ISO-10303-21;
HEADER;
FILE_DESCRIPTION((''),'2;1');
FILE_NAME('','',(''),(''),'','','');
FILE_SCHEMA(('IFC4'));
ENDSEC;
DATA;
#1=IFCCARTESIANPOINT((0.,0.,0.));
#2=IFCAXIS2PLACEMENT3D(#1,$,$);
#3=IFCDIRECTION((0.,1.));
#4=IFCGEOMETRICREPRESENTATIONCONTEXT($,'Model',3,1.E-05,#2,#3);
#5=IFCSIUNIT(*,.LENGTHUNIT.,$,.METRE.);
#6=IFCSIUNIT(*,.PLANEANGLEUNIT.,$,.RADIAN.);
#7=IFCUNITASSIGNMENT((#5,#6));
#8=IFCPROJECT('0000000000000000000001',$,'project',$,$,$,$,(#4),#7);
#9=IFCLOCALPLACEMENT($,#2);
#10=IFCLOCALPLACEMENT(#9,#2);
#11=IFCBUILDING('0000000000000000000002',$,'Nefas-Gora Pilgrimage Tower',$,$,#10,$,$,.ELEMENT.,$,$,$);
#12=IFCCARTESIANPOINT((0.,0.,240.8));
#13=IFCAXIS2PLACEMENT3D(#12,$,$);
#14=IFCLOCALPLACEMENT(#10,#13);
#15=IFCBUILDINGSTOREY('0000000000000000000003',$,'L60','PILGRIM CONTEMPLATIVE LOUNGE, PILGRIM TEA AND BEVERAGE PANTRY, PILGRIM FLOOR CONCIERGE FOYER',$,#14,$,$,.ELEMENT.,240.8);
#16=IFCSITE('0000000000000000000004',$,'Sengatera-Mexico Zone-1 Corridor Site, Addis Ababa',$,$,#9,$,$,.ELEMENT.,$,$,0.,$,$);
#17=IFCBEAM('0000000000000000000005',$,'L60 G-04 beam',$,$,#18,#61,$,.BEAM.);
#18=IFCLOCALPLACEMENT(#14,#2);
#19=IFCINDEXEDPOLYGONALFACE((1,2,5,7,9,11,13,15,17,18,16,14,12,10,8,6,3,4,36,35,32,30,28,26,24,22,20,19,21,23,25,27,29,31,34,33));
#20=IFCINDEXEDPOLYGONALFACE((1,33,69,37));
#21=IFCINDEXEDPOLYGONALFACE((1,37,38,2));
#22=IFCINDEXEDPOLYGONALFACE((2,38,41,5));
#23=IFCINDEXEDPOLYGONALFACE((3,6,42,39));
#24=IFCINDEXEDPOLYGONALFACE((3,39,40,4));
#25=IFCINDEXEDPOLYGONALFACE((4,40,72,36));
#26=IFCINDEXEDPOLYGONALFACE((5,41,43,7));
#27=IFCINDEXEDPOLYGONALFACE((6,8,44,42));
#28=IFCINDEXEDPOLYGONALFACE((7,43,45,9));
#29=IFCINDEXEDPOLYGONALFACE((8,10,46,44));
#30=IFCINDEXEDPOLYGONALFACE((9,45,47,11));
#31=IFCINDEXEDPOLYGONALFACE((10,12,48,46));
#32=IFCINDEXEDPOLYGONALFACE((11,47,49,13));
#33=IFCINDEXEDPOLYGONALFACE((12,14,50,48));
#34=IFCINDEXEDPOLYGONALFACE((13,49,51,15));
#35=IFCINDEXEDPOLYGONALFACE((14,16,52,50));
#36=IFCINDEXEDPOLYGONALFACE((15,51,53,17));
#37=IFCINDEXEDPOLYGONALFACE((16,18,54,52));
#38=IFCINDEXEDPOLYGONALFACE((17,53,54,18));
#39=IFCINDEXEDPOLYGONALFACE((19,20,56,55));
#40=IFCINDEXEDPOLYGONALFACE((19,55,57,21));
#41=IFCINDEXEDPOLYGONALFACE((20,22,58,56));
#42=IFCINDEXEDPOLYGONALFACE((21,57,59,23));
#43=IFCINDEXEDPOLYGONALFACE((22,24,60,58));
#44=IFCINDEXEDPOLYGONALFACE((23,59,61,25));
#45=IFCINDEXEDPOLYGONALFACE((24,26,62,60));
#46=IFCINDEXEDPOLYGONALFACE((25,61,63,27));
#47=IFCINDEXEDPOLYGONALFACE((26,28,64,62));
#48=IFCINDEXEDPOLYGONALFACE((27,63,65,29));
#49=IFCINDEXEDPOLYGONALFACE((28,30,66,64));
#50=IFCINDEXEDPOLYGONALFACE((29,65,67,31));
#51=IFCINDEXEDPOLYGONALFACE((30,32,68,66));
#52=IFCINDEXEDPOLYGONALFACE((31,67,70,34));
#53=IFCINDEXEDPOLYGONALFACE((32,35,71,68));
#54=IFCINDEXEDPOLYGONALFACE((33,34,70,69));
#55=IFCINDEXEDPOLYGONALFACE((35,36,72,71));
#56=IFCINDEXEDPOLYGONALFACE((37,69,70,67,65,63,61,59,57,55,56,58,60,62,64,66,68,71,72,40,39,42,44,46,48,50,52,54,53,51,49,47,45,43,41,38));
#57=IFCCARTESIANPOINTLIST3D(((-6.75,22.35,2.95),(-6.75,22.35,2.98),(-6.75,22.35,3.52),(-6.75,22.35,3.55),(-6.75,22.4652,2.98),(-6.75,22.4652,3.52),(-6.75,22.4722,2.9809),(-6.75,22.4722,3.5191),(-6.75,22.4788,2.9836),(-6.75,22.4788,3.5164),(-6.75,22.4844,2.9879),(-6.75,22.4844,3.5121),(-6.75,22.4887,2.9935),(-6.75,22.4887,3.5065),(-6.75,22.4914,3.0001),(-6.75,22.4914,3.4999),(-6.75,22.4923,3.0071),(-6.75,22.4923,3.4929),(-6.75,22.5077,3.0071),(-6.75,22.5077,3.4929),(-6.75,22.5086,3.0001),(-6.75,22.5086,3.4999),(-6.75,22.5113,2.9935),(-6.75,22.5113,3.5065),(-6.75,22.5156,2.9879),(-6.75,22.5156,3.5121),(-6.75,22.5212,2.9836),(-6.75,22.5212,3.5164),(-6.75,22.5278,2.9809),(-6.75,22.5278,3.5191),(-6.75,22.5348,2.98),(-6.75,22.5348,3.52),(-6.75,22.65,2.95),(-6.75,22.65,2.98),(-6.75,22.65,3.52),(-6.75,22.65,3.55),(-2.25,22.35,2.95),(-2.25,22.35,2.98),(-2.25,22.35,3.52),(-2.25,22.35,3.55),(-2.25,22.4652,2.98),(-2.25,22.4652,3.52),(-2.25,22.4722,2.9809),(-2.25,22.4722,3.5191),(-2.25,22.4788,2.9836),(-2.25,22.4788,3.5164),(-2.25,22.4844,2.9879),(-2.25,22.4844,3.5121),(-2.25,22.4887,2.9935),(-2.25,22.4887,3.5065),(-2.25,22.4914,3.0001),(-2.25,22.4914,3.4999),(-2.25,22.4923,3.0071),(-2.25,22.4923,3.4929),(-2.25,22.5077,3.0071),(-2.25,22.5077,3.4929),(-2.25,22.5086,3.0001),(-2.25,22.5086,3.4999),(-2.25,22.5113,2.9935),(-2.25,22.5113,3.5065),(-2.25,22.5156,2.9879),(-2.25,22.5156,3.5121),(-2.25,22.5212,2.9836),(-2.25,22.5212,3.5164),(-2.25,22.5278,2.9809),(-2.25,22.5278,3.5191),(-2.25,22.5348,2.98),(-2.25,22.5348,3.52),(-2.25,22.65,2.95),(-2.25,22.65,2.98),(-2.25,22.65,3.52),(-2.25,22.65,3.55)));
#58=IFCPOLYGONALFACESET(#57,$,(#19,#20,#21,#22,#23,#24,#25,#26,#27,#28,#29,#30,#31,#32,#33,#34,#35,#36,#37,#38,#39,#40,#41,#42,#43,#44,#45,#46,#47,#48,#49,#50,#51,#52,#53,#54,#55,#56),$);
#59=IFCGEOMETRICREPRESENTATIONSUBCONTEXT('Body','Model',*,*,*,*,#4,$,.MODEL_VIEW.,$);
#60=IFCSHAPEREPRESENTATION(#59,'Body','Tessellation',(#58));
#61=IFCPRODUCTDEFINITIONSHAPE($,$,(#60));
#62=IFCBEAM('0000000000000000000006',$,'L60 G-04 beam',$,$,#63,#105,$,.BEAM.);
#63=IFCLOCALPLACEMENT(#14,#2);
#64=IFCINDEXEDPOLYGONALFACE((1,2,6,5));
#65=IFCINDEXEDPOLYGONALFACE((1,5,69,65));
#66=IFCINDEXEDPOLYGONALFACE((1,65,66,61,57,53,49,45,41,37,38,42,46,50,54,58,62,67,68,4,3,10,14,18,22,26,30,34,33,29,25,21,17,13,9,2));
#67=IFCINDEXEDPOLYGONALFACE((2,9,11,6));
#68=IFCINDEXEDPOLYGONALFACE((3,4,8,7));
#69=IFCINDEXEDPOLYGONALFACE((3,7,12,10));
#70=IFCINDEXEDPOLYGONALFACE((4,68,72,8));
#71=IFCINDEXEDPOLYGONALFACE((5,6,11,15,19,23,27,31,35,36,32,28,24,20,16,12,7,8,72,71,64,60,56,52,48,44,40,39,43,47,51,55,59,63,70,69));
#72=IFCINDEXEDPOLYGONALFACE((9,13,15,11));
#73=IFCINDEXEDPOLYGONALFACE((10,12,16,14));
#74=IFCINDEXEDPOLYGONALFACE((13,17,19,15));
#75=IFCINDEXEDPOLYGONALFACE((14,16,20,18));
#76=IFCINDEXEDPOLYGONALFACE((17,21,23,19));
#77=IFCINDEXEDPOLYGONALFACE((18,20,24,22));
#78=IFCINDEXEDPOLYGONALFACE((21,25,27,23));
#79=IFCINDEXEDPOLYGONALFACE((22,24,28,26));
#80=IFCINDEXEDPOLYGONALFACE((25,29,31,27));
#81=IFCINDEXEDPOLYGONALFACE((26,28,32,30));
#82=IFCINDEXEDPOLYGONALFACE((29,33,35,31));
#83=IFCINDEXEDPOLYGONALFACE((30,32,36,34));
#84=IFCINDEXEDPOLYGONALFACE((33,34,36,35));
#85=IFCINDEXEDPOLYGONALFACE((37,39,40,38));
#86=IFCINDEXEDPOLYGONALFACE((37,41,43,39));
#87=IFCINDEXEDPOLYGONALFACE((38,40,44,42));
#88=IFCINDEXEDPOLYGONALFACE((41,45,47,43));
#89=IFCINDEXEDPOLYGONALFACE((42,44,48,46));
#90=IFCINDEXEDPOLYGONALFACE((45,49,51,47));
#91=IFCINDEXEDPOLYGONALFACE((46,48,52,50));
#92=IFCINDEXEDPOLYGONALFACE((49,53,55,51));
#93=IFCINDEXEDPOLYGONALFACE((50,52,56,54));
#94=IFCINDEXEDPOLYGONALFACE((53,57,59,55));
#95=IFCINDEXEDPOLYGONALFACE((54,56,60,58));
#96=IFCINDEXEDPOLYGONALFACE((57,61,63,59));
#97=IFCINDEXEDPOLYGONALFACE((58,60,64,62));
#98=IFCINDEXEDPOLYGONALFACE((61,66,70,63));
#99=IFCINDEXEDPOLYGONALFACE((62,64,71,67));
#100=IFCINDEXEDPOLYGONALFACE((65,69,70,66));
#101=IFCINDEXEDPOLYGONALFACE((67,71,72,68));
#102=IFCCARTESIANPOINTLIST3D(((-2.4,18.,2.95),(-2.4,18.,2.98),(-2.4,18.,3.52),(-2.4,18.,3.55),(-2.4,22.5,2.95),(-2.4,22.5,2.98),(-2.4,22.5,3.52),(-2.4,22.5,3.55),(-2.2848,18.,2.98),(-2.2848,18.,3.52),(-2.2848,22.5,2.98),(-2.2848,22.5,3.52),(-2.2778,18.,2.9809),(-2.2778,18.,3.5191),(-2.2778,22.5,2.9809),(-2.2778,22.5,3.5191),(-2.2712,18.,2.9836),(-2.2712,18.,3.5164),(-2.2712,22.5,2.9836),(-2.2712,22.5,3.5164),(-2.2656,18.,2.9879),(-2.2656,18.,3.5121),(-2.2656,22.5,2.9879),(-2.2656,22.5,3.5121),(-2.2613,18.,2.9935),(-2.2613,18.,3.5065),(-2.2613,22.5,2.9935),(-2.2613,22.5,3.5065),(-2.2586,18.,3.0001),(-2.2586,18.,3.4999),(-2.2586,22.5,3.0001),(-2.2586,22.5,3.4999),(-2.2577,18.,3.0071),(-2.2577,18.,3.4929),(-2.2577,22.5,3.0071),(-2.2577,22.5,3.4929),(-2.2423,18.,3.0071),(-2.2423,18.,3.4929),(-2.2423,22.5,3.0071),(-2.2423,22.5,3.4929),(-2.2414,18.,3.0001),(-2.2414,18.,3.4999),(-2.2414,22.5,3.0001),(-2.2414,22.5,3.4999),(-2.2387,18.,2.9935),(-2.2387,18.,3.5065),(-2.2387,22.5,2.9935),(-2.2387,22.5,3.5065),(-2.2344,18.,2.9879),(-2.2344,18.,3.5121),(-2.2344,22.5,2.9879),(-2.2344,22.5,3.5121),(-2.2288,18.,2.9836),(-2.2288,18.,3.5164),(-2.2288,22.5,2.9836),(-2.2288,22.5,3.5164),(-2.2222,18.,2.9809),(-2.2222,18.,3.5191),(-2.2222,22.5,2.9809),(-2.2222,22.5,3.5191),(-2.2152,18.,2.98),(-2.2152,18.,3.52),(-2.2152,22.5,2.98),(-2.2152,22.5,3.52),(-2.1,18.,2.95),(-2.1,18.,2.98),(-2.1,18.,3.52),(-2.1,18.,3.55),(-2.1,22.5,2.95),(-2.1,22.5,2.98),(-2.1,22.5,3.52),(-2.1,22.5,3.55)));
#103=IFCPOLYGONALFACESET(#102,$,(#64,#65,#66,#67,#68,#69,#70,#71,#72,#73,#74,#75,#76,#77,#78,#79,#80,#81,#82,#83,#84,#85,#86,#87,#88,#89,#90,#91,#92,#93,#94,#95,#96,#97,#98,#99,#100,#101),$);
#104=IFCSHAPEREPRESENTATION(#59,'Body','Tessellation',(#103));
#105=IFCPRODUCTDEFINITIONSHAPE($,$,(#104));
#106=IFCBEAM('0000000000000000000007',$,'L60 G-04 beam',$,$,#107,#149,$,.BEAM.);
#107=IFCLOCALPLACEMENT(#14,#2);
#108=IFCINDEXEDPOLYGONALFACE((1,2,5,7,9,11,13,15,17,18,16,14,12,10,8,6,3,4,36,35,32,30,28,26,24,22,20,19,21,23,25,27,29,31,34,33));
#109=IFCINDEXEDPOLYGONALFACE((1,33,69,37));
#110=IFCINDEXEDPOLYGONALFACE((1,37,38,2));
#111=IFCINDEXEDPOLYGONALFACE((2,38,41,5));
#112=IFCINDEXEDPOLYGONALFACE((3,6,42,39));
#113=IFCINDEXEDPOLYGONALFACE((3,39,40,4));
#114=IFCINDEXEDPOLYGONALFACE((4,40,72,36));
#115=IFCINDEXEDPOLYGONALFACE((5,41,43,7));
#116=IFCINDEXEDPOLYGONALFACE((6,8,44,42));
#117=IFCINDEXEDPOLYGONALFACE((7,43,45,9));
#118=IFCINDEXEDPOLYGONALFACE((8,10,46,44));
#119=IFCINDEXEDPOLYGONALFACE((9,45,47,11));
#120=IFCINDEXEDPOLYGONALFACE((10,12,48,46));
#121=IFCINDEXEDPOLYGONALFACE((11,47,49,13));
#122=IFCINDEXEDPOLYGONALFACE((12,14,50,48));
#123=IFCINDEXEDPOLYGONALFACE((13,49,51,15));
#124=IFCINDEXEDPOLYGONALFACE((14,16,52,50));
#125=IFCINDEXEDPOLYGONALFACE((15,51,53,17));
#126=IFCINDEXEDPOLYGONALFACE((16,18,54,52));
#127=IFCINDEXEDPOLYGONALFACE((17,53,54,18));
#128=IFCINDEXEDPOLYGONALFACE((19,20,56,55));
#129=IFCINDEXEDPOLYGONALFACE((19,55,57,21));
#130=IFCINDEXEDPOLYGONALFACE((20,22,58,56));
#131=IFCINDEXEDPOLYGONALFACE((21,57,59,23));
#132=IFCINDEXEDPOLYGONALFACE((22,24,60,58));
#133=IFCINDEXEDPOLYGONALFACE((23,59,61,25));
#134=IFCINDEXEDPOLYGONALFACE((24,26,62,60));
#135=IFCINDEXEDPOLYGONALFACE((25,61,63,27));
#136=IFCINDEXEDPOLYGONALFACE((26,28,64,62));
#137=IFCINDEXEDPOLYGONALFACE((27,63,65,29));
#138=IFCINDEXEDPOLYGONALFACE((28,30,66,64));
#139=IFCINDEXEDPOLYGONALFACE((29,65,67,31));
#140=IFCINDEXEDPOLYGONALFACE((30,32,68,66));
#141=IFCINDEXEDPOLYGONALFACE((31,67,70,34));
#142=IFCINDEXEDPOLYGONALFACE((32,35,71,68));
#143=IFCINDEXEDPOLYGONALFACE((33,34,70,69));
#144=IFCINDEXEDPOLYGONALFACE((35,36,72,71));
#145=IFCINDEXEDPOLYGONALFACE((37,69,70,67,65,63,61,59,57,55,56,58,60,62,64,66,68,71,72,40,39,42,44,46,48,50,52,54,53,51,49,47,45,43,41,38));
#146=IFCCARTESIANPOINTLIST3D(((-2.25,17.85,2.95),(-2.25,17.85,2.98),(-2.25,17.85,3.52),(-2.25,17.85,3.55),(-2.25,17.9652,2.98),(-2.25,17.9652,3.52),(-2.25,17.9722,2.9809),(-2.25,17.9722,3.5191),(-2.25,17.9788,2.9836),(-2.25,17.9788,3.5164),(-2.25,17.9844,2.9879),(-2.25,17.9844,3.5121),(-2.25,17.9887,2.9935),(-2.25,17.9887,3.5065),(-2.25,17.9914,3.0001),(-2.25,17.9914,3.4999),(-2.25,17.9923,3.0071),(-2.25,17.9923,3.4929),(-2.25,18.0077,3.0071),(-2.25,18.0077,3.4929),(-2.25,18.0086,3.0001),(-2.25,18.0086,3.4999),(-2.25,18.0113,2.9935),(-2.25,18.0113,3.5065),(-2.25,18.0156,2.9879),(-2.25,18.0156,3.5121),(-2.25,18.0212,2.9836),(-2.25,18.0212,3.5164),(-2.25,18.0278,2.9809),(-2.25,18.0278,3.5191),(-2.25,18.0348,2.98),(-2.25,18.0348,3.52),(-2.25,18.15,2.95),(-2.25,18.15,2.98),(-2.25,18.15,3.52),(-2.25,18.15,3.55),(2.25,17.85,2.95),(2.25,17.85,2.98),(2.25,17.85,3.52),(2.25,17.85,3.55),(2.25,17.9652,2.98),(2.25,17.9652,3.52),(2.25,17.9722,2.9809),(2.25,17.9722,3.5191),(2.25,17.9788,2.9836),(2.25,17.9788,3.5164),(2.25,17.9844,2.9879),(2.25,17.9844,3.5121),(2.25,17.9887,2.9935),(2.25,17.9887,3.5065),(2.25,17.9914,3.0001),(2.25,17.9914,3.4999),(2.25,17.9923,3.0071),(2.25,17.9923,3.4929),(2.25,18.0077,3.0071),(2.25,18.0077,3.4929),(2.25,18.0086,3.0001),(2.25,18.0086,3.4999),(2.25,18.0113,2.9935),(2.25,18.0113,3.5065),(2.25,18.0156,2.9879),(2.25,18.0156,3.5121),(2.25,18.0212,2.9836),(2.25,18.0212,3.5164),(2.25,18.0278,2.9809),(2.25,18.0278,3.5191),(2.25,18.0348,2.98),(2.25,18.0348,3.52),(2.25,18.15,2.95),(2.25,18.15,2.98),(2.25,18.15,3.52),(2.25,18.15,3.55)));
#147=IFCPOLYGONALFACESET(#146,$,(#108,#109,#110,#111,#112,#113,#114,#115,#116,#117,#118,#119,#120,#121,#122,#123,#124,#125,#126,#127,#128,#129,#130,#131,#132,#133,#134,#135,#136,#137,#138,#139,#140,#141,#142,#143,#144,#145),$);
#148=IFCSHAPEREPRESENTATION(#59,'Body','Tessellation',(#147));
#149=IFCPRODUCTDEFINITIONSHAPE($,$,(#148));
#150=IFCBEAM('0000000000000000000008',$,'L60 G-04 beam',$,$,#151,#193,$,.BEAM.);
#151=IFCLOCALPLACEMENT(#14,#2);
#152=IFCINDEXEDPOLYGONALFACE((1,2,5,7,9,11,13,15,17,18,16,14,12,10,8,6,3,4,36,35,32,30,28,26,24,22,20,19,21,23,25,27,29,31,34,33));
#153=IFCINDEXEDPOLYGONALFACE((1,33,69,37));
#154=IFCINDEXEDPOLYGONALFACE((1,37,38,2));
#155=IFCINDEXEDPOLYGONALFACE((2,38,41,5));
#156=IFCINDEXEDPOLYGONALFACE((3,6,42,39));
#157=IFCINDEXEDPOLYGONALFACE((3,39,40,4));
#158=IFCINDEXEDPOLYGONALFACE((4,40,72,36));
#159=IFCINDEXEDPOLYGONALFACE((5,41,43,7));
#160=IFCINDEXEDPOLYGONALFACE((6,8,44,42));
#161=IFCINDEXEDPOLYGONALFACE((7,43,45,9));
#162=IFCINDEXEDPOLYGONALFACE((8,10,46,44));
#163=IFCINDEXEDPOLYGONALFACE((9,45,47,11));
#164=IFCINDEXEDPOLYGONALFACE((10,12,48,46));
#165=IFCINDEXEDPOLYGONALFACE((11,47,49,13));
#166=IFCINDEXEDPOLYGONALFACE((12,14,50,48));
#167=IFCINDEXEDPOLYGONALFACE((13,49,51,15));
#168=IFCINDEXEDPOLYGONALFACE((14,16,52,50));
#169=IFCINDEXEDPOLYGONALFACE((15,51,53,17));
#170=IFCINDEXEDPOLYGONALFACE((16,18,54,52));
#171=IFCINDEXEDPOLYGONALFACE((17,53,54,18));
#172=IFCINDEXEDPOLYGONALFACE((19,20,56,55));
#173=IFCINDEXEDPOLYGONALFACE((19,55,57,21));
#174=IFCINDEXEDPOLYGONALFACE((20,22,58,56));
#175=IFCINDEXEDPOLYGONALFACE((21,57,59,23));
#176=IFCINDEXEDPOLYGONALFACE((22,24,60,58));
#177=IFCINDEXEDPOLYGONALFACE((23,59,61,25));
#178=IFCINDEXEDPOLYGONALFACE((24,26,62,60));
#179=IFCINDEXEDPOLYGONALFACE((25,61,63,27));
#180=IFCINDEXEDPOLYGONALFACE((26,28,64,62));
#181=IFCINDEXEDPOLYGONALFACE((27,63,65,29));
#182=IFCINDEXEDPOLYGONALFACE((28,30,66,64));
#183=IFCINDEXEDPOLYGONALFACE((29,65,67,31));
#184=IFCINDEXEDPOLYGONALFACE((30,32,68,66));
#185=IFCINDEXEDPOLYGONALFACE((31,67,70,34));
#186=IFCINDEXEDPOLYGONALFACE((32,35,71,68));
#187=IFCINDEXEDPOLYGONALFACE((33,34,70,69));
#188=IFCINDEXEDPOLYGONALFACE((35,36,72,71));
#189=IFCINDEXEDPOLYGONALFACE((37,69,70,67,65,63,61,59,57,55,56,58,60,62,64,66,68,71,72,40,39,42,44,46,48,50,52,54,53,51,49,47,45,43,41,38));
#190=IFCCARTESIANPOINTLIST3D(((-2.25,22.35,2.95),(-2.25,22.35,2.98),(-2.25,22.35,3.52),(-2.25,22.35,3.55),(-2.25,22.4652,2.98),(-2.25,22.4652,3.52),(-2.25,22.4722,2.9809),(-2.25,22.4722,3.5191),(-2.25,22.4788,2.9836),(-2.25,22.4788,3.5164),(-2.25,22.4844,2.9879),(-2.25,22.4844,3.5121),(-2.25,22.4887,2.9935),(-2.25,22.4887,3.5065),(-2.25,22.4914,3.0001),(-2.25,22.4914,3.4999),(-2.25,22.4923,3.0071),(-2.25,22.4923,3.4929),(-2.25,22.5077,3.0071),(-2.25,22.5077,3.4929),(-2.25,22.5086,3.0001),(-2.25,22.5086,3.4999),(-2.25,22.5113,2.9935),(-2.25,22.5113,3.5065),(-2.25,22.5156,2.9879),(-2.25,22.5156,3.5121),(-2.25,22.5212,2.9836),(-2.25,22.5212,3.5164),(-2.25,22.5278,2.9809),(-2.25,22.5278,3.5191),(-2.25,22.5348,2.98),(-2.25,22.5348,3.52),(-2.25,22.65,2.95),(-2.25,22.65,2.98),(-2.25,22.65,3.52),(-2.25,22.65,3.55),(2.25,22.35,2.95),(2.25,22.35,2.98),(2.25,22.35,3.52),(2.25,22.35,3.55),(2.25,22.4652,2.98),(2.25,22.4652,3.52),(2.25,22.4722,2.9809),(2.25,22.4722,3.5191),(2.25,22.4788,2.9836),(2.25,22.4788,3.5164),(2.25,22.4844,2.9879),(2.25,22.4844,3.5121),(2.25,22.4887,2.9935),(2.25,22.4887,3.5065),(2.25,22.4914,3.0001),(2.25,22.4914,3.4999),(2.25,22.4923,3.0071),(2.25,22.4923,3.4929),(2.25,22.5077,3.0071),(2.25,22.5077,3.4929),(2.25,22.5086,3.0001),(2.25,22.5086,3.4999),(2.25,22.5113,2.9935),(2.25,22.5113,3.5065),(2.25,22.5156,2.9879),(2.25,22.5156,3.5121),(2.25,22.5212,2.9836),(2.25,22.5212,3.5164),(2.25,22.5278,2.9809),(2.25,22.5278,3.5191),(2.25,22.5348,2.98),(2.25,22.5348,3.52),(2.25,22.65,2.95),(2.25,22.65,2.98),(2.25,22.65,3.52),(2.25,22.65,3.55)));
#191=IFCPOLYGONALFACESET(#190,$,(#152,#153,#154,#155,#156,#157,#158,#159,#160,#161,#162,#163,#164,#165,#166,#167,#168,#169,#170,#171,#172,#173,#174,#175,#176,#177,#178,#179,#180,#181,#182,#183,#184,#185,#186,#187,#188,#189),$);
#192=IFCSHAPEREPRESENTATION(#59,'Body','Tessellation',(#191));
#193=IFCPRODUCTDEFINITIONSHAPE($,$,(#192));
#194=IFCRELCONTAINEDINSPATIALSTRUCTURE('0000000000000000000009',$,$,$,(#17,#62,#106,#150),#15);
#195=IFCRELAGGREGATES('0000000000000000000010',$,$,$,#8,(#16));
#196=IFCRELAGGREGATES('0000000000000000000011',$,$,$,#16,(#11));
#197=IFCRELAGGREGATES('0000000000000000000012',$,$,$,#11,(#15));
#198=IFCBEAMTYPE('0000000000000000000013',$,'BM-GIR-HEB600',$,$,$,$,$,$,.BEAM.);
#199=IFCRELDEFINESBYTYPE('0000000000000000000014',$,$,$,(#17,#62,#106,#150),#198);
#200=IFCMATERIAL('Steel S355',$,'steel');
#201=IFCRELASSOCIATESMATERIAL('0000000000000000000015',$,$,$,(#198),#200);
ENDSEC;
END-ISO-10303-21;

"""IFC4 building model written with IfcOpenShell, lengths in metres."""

from ifc_helpers import new_model, si_unit, direction, frame, origin, origin_2d, place, context, subcontext, project, spatial, i_section, extrude, source, transform, mapped, material, material_profile, profile_set, type_object, element, save


model = new_model("IFC4")

# Units and contexts
model_context = context("Model", 3, precision=1e-05, world=origin(), true_north=direction((0.0, 1.0)))
body_context = subcontext(model_context, "Body", "Model", "MODEL_VIEW")
ifc_project = project(units=[si_unit("LENGTHUNIT", "METRE"), si_unit("PLANEANGLEUNIT", "RADIAN")], contexts=[model_context])

# Site, building, storey
site_placement = place(None, origin())
site = spatial("IfcSite", under=ifc_project, at=site_placement, Name="Sengatera-Mexico Zone-1 Corridor Site, Addis Ababa", CompositionType="ELEMENT", RefElevation=0.0)
building_placement = place(site_placement, origin())
building = spatial("IfcBuilding", under=site, at=building_placement, Name="Nefas-Gora Pilgrimage Tower", CompositionType="ELEMENT")
storey_placement = place(building_placement, frame((0.0, 0.0, 240.8)))
storey = spatial("IfcBuildingStorey", under=building, at=storey_placement, Name="L60", Description="PILGRIM CONTEMPLATIVE LOUNGE, PILGRIM TEA AND BEVERAGE PANTRY, PILGRIM FLOOR CONCIERGE FOYER", CompositionType="ELEMENT", Elevation=240.8)

# Beams
ifc_material_1 = material(Name="Steel S355", Category="steel")
ifc_material_profile_1 = material_profile(ifc_material_1, i_section(OverallWidth=0.3, OverallDepth=0.6001, WebThickness=0.0154, FlangeThickness=0.03, FilletRadius=0.0271, at=origin_2d()), Name="HEB 600")
ifc_profile_set_1 = profile_set([ifc_material_profile_1], Name="Steel S355")
beam_type = type_object("IfcBeamType", Name="BM-GIR-HEB600", PredefinedType="BEAM", material=ifc_profile_set_1)
shared_shape_1 = source(origin(), body_context, "Body", "SweptSolid", [
    extrude(i_section(OverallWidth=0.3, OverallDepth=0.6001, WebThickness=0.0154, FlangeThickness=0.03, FilletRadius=0.0271, at=origin_2d()), origin(), (0.0, 0.0, 1.0), 4.5),
])
for number, where, z_axis, x_axis, name in (
    (1, (-6.75, 22.5, 3.25), (1.0, 0.0, 0.0), (0.0, 1.0, 0.0), "L60 G-04 beam"),
    (2, (-2.25, 18.0, 3.25), (0.0, 1.0, 0.0), (-1.0, 0.0, 0.0), "L60 G-04 beam"),
    (3, (-2.25, 18.0, 3.25), (1.0, 0.0, 0.0), (0.0, 1.0, 0.0), "L60 G-04 beam"),
    (4, (-2.25, 22.5, 3.25), (1.0, 0.0, 0.0), (0.0, 1.0, 0.0), "L60 G-04 beam"),
):
    element("IfcBeam", number, at=place(storey_placement, frame(where, z_axis=z_axis, x_axis=x_axis)), inside=storey, type_object=beam_type, Name=name, PredefinedType="BEAM", context=body_context, shape_type="MappedRepresentation", body=[
        mapped(shared_shape_1, transform((0.0, 0.0, 0.0), x_axis=(1.0, 0.0, 0.0), y_axis=(0.0, 1.0, 0.0), z_axis=(0.0, 0.0, 1.0), scale=1.0)),
    ])

save(model, "model.ifc")
